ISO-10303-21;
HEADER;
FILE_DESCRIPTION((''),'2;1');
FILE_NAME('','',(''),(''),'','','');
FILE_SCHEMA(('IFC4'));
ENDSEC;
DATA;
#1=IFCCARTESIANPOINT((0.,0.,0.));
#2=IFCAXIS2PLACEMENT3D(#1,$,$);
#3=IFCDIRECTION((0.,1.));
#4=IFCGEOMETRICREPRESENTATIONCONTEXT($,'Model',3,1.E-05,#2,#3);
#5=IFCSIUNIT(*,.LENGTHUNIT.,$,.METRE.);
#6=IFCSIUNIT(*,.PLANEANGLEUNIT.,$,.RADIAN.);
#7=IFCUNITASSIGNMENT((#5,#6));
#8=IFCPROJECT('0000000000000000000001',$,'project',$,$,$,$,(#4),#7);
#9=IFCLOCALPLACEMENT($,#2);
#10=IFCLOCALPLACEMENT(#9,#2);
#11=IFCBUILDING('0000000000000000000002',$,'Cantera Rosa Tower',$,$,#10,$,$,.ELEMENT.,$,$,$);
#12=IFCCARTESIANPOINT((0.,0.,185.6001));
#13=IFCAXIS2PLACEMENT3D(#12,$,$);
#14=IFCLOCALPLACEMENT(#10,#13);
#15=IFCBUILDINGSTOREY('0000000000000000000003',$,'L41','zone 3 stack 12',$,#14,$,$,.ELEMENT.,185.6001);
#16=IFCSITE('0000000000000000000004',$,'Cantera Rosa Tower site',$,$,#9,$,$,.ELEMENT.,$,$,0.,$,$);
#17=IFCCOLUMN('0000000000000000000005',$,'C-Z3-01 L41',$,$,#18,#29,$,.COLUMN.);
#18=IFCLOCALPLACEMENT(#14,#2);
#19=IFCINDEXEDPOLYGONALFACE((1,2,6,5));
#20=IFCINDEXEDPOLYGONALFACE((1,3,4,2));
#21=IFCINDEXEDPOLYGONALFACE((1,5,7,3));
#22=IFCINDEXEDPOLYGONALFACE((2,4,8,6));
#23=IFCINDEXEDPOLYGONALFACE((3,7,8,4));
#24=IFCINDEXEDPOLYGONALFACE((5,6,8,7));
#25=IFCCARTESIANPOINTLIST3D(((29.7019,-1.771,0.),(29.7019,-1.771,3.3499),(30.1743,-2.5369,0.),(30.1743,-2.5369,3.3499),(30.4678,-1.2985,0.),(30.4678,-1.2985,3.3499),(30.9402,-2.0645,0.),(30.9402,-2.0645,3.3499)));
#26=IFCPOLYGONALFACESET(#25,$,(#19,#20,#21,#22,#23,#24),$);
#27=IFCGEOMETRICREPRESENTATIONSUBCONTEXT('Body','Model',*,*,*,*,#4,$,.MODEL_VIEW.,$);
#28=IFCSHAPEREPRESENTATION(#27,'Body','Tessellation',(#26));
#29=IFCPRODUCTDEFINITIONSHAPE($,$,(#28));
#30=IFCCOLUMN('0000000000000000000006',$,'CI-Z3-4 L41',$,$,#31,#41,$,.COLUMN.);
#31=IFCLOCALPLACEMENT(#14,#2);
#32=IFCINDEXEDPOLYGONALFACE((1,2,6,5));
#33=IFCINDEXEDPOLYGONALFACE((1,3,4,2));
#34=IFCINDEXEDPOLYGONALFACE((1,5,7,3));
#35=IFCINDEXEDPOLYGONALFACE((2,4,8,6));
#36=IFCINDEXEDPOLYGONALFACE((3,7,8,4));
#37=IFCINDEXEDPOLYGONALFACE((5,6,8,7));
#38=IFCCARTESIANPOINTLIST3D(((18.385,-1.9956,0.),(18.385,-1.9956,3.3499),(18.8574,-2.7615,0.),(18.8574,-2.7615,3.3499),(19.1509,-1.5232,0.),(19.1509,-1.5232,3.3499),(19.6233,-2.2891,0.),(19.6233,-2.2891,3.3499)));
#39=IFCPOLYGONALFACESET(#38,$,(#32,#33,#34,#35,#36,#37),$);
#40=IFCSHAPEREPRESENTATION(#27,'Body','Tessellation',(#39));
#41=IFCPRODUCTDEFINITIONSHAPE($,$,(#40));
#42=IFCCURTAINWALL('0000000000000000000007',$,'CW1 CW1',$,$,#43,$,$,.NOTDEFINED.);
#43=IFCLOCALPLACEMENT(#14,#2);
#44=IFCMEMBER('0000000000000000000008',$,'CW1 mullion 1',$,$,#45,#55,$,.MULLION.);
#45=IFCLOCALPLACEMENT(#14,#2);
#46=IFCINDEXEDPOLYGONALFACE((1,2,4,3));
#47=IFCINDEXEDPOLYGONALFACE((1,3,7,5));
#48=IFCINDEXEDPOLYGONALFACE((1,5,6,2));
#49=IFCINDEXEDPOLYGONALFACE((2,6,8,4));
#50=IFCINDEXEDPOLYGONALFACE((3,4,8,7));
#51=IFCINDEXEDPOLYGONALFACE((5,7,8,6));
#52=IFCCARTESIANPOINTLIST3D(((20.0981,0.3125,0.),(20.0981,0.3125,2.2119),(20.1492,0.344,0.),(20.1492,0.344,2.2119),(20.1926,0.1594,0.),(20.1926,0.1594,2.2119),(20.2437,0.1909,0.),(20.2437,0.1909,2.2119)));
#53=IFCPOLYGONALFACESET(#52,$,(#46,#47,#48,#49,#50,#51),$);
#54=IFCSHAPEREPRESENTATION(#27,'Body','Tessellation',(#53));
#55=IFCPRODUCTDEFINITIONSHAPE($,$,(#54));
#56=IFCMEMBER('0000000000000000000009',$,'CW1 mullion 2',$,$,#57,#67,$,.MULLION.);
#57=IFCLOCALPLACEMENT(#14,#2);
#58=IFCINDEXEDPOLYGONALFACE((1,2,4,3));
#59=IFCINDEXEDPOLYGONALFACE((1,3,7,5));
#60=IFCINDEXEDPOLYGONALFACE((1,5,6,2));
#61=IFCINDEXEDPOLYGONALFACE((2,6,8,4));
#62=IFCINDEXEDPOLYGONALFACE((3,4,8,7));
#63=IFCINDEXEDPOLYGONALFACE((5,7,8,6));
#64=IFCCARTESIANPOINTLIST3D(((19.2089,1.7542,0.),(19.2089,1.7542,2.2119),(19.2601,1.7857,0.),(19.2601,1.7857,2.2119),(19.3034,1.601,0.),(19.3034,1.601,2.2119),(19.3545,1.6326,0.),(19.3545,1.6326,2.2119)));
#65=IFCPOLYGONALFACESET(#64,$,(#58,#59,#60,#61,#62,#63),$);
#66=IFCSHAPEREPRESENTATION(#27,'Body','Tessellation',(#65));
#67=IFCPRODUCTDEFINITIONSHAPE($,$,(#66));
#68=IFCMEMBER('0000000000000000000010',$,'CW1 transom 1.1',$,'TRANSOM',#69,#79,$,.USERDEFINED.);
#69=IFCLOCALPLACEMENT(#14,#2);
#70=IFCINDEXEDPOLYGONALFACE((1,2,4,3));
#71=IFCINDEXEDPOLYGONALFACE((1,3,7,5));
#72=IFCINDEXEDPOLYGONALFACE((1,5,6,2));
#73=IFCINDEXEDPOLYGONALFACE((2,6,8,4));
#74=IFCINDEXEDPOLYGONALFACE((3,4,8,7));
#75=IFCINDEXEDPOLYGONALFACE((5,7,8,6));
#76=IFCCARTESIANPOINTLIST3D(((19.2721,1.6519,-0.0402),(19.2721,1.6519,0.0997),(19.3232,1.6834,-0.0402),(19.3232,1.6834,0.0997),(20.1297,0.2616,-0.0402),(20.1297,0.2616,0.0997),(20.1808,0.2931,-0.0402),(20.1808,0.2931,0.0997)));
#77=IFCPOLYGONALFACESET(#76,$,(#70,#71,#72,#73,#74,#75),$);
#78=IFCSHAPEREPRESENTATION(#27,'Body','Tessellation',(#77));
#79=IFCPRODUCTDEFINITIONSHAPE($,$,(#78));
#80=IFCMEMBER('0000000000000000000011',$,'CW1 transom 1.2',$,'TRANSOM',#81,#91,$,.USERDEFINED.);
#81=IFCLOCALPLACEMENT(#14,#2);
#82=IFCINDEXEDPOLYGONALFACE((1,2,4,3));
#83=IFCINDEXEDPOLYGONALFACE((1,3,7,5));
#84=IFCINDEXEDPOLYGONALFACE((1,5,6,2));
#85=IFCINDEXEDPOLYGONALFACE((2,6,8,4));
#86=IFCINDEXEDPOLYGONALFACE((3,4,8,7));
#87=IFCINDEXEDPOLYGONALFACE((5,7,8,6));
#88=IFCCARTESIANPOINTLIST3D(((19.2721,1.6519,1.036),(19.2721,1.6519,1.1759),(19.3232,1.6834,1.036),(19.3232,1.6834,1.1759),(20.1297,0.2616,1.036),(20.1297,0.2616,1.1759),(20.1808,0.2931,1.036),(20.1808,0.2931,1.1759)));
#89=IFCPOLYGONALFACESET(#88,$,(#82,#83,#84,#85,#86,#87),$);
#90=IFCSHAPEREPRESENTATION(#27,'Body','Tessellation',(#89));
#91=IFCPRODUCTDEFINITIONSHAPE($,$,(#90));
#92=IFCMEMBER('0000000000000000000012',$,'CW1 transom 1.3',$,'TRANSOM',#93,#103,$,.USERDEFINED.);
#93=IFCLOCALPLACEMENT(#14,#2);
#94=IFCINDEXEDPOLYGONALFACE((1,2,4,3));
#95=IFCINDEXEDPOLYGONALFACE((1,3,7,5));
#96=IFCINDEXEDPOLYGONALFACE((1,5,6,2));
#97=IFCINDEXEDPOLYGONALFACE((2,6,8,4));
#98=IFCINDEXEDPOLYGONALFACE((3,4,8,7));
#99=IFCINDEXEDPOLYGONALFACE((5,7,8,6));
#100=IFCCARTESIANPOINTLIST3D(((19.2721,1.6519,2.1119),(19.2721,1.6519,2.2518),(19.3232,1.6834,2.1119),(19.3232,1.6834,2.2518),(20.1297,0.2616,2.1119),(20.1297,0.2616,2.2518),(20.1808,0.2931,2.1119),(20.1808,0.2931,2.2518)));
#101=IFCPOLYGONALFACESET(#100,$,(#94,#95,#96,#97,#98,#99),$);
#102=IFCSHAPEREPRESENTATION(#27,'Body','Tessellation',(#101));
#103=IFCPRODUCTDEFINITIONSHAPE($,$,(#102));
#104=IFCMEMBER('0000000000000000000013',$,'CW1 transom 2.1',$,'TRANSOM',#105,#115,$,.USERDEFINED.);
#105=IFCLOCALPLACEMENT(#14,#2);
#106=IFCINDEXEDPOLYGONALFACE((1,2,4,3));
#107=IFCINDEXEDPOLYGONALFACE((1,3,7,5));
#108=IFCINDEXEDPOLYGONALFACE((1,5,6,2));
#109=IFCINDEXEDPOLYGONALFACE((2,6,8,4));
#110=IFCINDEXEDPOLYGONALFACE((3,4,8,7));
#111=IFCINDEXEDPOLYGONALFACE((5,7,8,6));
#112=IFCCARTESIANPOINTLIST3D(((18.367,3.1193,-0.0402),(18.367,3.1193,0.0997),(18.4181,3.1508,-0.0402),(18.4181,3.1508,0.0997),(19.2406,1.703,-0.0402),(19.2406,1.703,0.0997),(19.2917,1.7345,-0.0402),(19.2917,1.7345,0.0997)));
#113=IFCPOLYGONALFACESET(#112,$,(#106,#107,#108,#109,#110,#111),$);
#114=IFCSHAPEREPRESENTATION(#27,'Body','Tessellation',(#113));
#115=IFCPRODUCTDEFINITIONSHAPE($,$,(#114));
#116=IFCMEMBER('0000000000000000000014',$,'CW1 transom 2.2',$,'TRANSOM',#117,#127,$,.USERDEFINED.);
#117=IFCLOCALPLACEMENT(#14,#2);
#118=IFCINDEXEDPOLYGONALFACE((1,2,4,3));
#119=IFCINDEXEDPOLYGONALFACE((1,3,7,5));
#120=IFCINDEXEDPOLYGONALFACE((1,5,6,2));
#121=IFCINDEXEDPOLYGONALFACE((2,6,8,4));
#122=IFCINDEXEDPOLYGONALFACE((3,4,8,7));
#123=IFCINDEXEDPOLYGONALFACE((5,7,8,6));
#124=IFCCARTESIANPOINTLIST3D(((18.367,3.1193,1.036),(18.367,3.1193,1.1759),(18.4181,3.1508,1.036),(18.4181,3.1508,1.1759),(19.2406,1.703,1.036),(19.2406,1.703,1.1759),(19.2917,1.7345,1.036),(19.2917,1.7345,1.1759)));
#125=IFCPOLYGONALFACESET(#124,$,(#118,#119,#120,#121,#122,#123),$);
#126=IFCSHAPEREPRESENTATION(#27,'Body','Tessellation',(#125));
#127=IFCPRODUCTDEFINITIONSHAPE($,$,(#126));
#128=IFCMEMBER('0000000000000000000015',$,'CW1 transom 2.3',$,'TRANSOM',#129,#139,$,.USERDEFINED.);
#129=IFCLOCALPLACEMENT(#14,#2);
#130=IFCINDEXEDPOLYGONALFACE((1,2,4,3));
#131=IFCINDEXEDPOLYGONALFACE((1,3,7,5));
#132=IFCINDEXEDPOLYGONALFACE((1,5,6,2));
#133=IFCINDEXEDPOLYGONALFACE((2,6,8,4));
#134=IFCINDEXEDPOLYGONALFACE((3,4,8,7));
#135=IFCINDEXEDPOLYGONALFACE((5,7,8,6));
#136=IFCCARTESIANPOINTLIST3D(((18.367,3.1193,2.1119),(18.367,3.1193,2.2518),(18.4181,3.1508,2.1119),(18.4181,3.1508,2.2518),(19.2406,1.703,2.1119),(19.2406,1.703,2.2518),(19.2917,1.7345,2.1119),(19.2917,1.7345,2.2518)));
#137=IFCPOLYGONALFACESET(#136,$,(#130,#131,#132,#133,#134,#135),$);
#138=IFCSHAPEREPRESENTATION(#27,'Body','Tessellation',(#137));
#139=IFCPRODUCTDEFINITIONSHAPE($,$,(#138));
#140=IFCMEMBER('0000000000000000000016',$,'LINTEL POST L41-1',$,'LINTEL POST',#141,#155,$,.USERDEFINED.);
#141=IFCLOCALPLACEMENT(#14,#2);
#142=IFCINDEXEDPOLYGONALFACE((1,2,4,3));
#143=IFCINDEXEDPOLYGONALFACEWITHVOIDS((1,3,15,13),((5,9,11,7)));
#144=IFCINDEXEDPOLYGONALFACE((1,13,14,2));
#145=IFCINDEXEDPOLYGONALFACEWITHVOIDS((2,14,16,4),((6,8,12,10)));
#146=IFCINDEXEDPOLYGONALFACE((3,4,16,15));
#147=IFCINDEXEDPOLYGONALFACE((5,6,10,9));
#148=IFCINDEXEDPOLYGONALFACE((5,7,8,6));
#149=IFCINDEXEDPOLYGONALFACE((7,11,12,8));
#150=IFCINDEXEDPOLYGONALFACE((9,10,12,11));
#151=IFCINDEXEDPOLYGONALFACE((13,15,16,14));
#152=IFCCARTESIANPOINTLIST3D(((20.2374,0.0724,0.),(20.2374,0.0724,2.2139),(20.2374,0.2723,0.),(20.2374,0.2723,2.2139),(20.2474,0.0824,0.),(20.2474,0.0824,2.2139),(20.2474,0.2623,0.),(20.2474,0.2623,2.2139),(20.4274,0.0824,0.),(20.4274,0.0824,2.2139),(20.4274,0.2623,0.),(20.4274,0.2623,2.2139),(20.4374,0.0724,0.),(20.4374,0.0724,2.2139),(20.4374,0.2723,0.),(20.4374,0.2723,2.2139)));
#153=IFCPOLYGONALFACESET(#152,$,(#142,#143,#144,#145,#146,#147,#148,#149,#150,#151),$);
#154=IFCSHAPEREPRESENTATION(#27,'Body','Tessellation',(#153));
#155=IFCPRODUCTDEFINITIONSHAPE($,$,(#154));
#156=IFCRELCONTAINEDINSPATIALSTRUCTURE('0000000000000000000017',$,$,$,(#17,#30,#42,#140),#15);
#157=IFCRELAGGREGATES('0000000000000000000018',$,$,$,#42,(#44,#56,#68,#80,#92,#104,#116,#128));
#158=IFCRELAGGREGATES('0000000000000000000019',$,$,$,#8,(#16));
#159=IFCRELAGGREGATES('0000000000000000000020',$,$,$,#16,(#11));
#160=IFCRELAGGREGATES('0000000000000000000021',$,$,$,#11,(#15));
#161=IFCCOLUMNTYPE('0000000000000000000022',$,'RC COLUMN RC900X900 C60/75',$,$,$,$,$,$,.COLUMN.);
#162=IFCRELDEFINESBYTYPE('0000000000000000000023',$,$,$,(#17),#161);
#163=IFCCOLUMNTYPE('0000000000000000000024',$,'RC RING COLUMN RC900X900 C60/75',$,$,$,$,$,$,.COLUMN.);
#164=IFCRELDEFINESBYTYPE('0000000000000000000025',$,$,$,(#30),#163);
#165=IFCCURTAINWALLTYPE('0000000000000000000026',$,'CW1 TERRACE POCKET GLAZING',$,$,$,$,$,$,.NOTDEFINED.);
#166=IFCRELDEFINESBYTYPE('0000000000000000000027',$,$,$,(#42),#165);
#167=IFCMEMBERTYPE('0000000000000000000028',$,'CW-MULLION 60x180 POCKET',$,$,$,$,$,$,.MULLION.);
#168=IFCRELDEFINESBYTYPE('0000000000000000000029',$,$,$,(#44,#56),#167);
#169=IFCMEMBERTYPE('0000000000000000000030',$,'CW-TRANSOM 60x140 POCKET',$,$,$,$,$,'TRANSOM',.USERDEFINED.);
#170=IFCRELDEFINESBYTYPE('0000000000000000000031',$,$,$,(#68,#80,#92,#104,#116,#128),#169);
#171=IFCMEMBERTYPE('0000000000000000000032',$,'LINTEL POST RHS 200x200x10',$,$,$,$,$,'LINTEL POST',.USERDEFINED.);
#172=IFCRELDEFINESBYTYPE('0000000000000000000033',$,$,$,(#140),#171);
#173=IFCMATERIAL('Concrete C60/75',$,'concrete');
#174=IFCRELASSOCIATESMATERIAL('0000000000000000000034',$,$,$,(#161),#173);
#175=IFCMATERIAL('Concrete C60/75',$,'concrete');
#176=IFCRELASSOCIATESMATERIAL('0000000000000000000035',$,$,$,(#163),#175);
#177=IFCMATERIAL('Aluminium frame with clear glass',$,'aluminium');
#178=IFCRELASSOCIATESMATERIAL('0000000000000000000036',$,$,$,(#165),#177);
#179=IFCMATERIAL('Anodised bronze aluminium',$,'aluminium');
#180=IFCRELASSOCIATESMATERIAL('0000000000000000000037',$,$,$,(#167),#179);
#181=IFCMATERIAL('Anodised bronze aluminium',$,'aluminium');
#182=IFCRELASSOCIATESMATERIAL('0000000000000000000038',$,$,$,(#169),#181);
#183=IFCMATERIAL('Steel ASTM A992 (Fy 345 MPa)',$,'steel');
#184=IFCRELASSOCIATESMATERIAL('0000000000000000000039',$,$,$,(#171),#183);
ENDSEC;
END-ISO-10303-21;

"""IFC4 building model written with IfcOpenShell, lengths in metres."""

from ifc_helpers import new_model, si_unit, direction, frame, origin, origin_2d, place, context, subcontext, project, spatial, rectangle, hollow_rectangle, extrude, material, material_profile, profile_set, type_object, element, aggregate, save


model = new_model("IFC4")

# Units and contexts
model_context = context("Model", 3, precision=1e-05, world=origin(), true_north=direction((0.0, 1.0)))
body_context = subcontext(model_context, "Body", "Model", "MODEL_VIEW")
ifc_project = project(units=[si_unit("LENGTHUNIT", "METRE"), si_unit("PLANEANGLEUNIT", "RADIAN")], contexts=[model_context])

# Site, building, storey
site_placement = place(None, origin())
site = spatial("IfcSite", under=ifc_project, at=site_placement, Name="Cantera Rosa Tower site", CompositionType="ELEMENT", RefElevation=0.0)
building_placement = place(site_placement, origin())
building = spatial("IfcBuilding", under=site, at=building_placement, Name="Cantera Rosa Tower", CompositionType="ELEMENT")
storey_placement = place(building_placement, frame((0.0, 0.0, 185.6001)))
storey = spatial("IfcBuildingStorey", under=building, at=storey_placement, Name="L41", Description="zone 3 stack 12", CompositionType="ELEMENT", Elevation=185.6001)

# Columns
ifc_material_1 = material(Name="Concrete C60/75", Category="concrete")
ifc_material_profile_1 = material_profile(ifc_material_1, rectangle(XDim=0.8999, YDim=0.8999, at=origin_2d()), Name="RC COLUMN RC900X900 C60/75")
ifc_profile_set_1 = profile_set([ifc_material_profile_1], Name="Concrete C60/75")
column_type_1 = type_object("IfcColumnType", Name="RC COLUMN RC900X900 C60/75", PredefinedType="COLUMN", material=ifc_profile_set_1)
column_1_placement = place(storey_placement, frame((30.321, -1.9177, 0.0), z_axis=(0.0, 0.0, 1.0), x_axis=(0.851117, 0.524977, 0.0)))
element("IfcColumn", 1, at=column_1_placement, inside=storey, type_object=column_type_1, Name="C-Z3-01 L41", PredefinedType="COLUMN", context=body_context, shape_type="SweptSolid", body=[
    extrude(rectangle(XDim=0.8999, YDim=0.8999, at=origin_2d()), origin(), (0.0, 0.0, 1.0), 3.3499),
])
ifc_material_2 = material(Name="Concrete C60/75", Category="concrete")
ifc_material_profile_2 = material_profile(ifc_material_2, rectangle(XDim=0.8999, YDim=0.8999, at=origin_2d()), Name="RC RING COLUMN RC900X900 C60/75")
ifc_profile_set_2 = profile_set([ifc_material_profile_2], Name="Concrete C60/75")
column_type_2 = type_object("IfcColumnType", Name="RC RING COLUMN RC900X900 C60/75", PredefinedType="COLUMN", material=ifc_profile_set_2)
column_2_placement = place(storey_placement, frame((19.0042, -2.1423, 0.0), z_axis=(0.0, 0.0, 1.0), x_axis=(0.851117, 0.524977, 0.0)))
element("IfcColumn", 2, at=column_2_placement, inside=storey, type_object=column_type_2, Name="CI-Z3-4 L41", PredefinedType="COLUMN", context=body_context, shape_type="SweptSolid", body=[
    extrude(rectangle(XDim=0.8999, YDim=0.8999, at=origin_2d()), origin(), (0.0, 0.0, 1.0), 3.3499),
])

# Curtain wall, members
ifc_material_3 = material(Name="Aluminium frame with clear glass", Category="aluminium")
curtain_wall_type = type_object("IfcCurtainWallType", Name="CW1 TERRACE POCKET GLAZING", PredefinedType="NOTDEFINED", material=ifc_material_3)
curtain_wall_placement = place(storey_placement, origin())
curtain_wall = element("IfcCurtainWall", 3, at=curtain_wall_placement, inside=storey, type_object=curtain_wall_type, Name="CW1 CW1", PredefinedType="NOTDEFINED")
ifc_material_4 = material(Name="Anodised bronze aluminium", Category="aluminium")
ifc_material_profile_3 = material_profile(ifc_material_4, rectangle(XDim=0.0601, YDim=0.1799, at=origin_2d()), Name="CW-MULLION 60x180 POCKET")
ifc_profile_set_3 = profile_set([ifc_material_profile_3], Name="Anodised bronze aluminium")
member_type_1 = type_object("IfcMemberType", Name="CW-MULLION 60x180 POCKET", PredefinedType="MULLION", material=ifc_profile_set_3)
member_1_placement = place(storey_placement, frame((20.1709, 0.2517, 0.0), z_axis=(0.0, 0.0, 1.0), x_axis=(-0.851117, -0.524977, 0.0)))
member_1 = element("IfcMember", 4, at=member_1_placement, type_object=member_type_1, Name="CW1 mullion 1", PredefinedType="MULLION", context=body_context, shape_type="SweptSolid", body=[
    extrude(rectangle(XDim=0.0601, YDim=0.1799, at=origin_2d()), origin(), (0.0, 0.0, 1.0), 2.2119),
])
member_2_placement = place(storey_placement, frame((19.2817, 1.6934, 0.0), z_axis=(0.0, 0.0, 1.0), x_axis=(-0.851117, -0.524977, 0.0)))
member_2 = element("IfcMember", 5, at=member_2_placement, type_object=member_type_1, Name="CW1 mullion 2", PredefinedType="MULLION", context=body_context, shape_type="SweptSolid", body=[
    extrude(rectangle(XDim=0.0601, YDim=0.1799, at=origin_2d()), origin(), (0.0, 0.0, 1.0), 2.2119),
])
ifc_material_5 = material(Name="Anodised bronze aluminium", Category="aluminium")
ifc_material_profile_4 = material_profile(ifc_material_5, rectangle(XDim=0.0601, YDim=0.1399, at=origin_2d()), Name="CW-TRANSOM 60x140 POCKET")
ifc_profile_set_4 = profile_set([ifc_material_profile_4], Name="Anodised bronze aluminium")
member_type_2 = type_object("IfcMemberType", Name="CW-TRANSOM 60x140 POCKET", ElementType="TRANSOM", PredefinedType="USERDEFINED", material=ifc_profile_set_4)
member_3_placement = place(storey_placement, frame((20.1553, 0.2773, 0.0298), z_axis=(-0.525006, 0.851099, 0.0), x_axis=(-0.851099, -0.525006, 0.0)))
member_3 = element("IfcMember", 6, at=member_3_placement, type_object=member_type_2, Name="CW1 transom 1.1", ObjectType="TRANSOM", PredefinedType="USERDEFINED", context=body_context, shape_type="SweptSolid", body=[
    extrude(rectangle(XDim=0.0601, YDim=0.1399, at=origin_2d()), origin(), (0.0, 0.0, 1.0), 1.6335),
])
member_4_placement = place(storey_placement, frame((20.1553, 0.2773, 1.106), z_axis=(-0.525006, 0.851099, 0.0), x_axis=(-0.851099, -0.525006, 0.0)))
member_4 = element("IfcMember", 7, at=member_4_placement, type_object=member_type_2, Name="CW1 transom 1.2", ObjectType="TRANSOM", PredefinedType="USERDEFINED", context=body_context, shape_type="SweptSolid", body=[
    extrude(rectangle(XDim=0.0601, YDim=0.1399, at=origin_2d()), origin(), (0.0, 0.0, 1.0), 1.6335),
])
member_5_placement = place(storey_placement, frame((20.1553, 0.2773, 2.1819), z_axis=(-0.525006, 0.851099, 0.0), x_axis=(-0.851099, -0.525006, 0.0)))
member_5 = element("IfcMember", 8, at=member_5_placement, type_object=member_type_2, Name="CW1 transom 1.3", ObjectType="TRANSOM", PredefinedType="USERDEFINED", context=body_context, shape_type="SweptSolid", body=[
    extrude(rectangle(XDim=0.0601, YDim=0.1399, at=origin_2d()), origin(), (0.0, 0.0, 1.0), 1.6335),
])
member_6_placement = place(storey_placement, frame((19.2661, 1.7188, 0.0298), z_axis=(-0.524965, 0.851124, 0.0), x_axis=(-0.851124, -0.524965, 0.0)))
member_6 = element("IfcMember", 9, at=member_6_placement, type_object=member_type_2, Name="CW1 transom 2.1", ObjectType="TRANSOM", PredefinedType="USERDEFINED", context=body_context, shape_type="SweptSolid", body=[
    extrude(rectangle(XDim=0.0601, YDim=0.1399, at=origin_2d()), origin(), (0.0, 0.0, 1.0), 1.6641),
])
member_7_placement = place(storey_placement, frame((19.2661, 1.7188, 1.106), z_axis=(-0.524965, 0.851124, 0.0), x_axis=(-0.851124, -0.524965, 0.0)))
member_7 = element("IfcMember", 10, at=member_7_placement, type_object=member_type_2, Name="CW1 transom 2.2", ObjectType="TRANSOM", PredefinedType="USERDEFINED", context=body_context, shape_type="SweptSolid", body=[
    extrude(rectangle(XDim=0.0601, YDim=0.1399, at=origin_2d()), origin(), (0.0, 0.0, 1.0), 1.6641),
])
member_8_placement = place(storey_placement, frame((19.2661, 1.7188, 2.1819), z_axis=(-0.524965, 0.851124, 0.0), x_axis=(-0.851124, -0.524965, 0.0)))
member_8 = element("IfcMember", 11, at=member_8_placement, type_object=member_type_2, Name="CW1 transom 2.3", ObjectType="TRANSOM", PredefinedType="USERDEFINED", context=body_context, shape_type="SweptSolid", body=[
    extrude(rectangle(XDim=0.0601, YDim=0.1399, at=origin_2d()), origin(), (0.0, 0.0, 1.0), 1.6641),
])

# Member
ifc_material_6 = material(Name="Steel ASTM A992 (Fy 345 MPa)", Category="steel")
ifc_material_profile_5 = material_profile(ifc_material_6, hollow_rectangle(XDim=0.2, YDim=0.2, WallThickness=0.01, at=origin_2d()), Name="LINTEL POST RHS 200x200x10")
ifc_profile_set_5 = profile_set([ifc_material_profile_5], Name="Steel ASTM A992 (Fy 345 MPa)")
member_type_3 = type_object("IfcMemberType", Name="LINTEL POST RHS 200x200x10", ElementType="LINTEL POST", PredefinedType="USERDEFINED", material=ifc_profile_set_5)
member_9_placement = place(storey_placement, frame((20.3374, 0.1724, 0.0), z_axis=(0.0, 0.0, 1.0), x_axis=(1.0, 0.0, 0.0)))
element("IfcMember", 12, at=member_9_placement, inside=storey, type_object=member_type_3, Name="LINTEL POST L41-1", ObjectType="LINTEL POST", PredefinedType="USERDEFINED", context=body_context, shape_type="SweptSolid", body=[
    extrude(hollow_rectangle(XDim=0.2, YDim=0.2, WallThickness=0.01, at=origin_2d()), origin(), (0.0, 0.0, 1.0), 2.2139),
])

aggregate(curtain_wall, [member_1, member_2, member_3, member_4, member_5, member_6, member_7, member_8])

save(model, "model.ifc")
